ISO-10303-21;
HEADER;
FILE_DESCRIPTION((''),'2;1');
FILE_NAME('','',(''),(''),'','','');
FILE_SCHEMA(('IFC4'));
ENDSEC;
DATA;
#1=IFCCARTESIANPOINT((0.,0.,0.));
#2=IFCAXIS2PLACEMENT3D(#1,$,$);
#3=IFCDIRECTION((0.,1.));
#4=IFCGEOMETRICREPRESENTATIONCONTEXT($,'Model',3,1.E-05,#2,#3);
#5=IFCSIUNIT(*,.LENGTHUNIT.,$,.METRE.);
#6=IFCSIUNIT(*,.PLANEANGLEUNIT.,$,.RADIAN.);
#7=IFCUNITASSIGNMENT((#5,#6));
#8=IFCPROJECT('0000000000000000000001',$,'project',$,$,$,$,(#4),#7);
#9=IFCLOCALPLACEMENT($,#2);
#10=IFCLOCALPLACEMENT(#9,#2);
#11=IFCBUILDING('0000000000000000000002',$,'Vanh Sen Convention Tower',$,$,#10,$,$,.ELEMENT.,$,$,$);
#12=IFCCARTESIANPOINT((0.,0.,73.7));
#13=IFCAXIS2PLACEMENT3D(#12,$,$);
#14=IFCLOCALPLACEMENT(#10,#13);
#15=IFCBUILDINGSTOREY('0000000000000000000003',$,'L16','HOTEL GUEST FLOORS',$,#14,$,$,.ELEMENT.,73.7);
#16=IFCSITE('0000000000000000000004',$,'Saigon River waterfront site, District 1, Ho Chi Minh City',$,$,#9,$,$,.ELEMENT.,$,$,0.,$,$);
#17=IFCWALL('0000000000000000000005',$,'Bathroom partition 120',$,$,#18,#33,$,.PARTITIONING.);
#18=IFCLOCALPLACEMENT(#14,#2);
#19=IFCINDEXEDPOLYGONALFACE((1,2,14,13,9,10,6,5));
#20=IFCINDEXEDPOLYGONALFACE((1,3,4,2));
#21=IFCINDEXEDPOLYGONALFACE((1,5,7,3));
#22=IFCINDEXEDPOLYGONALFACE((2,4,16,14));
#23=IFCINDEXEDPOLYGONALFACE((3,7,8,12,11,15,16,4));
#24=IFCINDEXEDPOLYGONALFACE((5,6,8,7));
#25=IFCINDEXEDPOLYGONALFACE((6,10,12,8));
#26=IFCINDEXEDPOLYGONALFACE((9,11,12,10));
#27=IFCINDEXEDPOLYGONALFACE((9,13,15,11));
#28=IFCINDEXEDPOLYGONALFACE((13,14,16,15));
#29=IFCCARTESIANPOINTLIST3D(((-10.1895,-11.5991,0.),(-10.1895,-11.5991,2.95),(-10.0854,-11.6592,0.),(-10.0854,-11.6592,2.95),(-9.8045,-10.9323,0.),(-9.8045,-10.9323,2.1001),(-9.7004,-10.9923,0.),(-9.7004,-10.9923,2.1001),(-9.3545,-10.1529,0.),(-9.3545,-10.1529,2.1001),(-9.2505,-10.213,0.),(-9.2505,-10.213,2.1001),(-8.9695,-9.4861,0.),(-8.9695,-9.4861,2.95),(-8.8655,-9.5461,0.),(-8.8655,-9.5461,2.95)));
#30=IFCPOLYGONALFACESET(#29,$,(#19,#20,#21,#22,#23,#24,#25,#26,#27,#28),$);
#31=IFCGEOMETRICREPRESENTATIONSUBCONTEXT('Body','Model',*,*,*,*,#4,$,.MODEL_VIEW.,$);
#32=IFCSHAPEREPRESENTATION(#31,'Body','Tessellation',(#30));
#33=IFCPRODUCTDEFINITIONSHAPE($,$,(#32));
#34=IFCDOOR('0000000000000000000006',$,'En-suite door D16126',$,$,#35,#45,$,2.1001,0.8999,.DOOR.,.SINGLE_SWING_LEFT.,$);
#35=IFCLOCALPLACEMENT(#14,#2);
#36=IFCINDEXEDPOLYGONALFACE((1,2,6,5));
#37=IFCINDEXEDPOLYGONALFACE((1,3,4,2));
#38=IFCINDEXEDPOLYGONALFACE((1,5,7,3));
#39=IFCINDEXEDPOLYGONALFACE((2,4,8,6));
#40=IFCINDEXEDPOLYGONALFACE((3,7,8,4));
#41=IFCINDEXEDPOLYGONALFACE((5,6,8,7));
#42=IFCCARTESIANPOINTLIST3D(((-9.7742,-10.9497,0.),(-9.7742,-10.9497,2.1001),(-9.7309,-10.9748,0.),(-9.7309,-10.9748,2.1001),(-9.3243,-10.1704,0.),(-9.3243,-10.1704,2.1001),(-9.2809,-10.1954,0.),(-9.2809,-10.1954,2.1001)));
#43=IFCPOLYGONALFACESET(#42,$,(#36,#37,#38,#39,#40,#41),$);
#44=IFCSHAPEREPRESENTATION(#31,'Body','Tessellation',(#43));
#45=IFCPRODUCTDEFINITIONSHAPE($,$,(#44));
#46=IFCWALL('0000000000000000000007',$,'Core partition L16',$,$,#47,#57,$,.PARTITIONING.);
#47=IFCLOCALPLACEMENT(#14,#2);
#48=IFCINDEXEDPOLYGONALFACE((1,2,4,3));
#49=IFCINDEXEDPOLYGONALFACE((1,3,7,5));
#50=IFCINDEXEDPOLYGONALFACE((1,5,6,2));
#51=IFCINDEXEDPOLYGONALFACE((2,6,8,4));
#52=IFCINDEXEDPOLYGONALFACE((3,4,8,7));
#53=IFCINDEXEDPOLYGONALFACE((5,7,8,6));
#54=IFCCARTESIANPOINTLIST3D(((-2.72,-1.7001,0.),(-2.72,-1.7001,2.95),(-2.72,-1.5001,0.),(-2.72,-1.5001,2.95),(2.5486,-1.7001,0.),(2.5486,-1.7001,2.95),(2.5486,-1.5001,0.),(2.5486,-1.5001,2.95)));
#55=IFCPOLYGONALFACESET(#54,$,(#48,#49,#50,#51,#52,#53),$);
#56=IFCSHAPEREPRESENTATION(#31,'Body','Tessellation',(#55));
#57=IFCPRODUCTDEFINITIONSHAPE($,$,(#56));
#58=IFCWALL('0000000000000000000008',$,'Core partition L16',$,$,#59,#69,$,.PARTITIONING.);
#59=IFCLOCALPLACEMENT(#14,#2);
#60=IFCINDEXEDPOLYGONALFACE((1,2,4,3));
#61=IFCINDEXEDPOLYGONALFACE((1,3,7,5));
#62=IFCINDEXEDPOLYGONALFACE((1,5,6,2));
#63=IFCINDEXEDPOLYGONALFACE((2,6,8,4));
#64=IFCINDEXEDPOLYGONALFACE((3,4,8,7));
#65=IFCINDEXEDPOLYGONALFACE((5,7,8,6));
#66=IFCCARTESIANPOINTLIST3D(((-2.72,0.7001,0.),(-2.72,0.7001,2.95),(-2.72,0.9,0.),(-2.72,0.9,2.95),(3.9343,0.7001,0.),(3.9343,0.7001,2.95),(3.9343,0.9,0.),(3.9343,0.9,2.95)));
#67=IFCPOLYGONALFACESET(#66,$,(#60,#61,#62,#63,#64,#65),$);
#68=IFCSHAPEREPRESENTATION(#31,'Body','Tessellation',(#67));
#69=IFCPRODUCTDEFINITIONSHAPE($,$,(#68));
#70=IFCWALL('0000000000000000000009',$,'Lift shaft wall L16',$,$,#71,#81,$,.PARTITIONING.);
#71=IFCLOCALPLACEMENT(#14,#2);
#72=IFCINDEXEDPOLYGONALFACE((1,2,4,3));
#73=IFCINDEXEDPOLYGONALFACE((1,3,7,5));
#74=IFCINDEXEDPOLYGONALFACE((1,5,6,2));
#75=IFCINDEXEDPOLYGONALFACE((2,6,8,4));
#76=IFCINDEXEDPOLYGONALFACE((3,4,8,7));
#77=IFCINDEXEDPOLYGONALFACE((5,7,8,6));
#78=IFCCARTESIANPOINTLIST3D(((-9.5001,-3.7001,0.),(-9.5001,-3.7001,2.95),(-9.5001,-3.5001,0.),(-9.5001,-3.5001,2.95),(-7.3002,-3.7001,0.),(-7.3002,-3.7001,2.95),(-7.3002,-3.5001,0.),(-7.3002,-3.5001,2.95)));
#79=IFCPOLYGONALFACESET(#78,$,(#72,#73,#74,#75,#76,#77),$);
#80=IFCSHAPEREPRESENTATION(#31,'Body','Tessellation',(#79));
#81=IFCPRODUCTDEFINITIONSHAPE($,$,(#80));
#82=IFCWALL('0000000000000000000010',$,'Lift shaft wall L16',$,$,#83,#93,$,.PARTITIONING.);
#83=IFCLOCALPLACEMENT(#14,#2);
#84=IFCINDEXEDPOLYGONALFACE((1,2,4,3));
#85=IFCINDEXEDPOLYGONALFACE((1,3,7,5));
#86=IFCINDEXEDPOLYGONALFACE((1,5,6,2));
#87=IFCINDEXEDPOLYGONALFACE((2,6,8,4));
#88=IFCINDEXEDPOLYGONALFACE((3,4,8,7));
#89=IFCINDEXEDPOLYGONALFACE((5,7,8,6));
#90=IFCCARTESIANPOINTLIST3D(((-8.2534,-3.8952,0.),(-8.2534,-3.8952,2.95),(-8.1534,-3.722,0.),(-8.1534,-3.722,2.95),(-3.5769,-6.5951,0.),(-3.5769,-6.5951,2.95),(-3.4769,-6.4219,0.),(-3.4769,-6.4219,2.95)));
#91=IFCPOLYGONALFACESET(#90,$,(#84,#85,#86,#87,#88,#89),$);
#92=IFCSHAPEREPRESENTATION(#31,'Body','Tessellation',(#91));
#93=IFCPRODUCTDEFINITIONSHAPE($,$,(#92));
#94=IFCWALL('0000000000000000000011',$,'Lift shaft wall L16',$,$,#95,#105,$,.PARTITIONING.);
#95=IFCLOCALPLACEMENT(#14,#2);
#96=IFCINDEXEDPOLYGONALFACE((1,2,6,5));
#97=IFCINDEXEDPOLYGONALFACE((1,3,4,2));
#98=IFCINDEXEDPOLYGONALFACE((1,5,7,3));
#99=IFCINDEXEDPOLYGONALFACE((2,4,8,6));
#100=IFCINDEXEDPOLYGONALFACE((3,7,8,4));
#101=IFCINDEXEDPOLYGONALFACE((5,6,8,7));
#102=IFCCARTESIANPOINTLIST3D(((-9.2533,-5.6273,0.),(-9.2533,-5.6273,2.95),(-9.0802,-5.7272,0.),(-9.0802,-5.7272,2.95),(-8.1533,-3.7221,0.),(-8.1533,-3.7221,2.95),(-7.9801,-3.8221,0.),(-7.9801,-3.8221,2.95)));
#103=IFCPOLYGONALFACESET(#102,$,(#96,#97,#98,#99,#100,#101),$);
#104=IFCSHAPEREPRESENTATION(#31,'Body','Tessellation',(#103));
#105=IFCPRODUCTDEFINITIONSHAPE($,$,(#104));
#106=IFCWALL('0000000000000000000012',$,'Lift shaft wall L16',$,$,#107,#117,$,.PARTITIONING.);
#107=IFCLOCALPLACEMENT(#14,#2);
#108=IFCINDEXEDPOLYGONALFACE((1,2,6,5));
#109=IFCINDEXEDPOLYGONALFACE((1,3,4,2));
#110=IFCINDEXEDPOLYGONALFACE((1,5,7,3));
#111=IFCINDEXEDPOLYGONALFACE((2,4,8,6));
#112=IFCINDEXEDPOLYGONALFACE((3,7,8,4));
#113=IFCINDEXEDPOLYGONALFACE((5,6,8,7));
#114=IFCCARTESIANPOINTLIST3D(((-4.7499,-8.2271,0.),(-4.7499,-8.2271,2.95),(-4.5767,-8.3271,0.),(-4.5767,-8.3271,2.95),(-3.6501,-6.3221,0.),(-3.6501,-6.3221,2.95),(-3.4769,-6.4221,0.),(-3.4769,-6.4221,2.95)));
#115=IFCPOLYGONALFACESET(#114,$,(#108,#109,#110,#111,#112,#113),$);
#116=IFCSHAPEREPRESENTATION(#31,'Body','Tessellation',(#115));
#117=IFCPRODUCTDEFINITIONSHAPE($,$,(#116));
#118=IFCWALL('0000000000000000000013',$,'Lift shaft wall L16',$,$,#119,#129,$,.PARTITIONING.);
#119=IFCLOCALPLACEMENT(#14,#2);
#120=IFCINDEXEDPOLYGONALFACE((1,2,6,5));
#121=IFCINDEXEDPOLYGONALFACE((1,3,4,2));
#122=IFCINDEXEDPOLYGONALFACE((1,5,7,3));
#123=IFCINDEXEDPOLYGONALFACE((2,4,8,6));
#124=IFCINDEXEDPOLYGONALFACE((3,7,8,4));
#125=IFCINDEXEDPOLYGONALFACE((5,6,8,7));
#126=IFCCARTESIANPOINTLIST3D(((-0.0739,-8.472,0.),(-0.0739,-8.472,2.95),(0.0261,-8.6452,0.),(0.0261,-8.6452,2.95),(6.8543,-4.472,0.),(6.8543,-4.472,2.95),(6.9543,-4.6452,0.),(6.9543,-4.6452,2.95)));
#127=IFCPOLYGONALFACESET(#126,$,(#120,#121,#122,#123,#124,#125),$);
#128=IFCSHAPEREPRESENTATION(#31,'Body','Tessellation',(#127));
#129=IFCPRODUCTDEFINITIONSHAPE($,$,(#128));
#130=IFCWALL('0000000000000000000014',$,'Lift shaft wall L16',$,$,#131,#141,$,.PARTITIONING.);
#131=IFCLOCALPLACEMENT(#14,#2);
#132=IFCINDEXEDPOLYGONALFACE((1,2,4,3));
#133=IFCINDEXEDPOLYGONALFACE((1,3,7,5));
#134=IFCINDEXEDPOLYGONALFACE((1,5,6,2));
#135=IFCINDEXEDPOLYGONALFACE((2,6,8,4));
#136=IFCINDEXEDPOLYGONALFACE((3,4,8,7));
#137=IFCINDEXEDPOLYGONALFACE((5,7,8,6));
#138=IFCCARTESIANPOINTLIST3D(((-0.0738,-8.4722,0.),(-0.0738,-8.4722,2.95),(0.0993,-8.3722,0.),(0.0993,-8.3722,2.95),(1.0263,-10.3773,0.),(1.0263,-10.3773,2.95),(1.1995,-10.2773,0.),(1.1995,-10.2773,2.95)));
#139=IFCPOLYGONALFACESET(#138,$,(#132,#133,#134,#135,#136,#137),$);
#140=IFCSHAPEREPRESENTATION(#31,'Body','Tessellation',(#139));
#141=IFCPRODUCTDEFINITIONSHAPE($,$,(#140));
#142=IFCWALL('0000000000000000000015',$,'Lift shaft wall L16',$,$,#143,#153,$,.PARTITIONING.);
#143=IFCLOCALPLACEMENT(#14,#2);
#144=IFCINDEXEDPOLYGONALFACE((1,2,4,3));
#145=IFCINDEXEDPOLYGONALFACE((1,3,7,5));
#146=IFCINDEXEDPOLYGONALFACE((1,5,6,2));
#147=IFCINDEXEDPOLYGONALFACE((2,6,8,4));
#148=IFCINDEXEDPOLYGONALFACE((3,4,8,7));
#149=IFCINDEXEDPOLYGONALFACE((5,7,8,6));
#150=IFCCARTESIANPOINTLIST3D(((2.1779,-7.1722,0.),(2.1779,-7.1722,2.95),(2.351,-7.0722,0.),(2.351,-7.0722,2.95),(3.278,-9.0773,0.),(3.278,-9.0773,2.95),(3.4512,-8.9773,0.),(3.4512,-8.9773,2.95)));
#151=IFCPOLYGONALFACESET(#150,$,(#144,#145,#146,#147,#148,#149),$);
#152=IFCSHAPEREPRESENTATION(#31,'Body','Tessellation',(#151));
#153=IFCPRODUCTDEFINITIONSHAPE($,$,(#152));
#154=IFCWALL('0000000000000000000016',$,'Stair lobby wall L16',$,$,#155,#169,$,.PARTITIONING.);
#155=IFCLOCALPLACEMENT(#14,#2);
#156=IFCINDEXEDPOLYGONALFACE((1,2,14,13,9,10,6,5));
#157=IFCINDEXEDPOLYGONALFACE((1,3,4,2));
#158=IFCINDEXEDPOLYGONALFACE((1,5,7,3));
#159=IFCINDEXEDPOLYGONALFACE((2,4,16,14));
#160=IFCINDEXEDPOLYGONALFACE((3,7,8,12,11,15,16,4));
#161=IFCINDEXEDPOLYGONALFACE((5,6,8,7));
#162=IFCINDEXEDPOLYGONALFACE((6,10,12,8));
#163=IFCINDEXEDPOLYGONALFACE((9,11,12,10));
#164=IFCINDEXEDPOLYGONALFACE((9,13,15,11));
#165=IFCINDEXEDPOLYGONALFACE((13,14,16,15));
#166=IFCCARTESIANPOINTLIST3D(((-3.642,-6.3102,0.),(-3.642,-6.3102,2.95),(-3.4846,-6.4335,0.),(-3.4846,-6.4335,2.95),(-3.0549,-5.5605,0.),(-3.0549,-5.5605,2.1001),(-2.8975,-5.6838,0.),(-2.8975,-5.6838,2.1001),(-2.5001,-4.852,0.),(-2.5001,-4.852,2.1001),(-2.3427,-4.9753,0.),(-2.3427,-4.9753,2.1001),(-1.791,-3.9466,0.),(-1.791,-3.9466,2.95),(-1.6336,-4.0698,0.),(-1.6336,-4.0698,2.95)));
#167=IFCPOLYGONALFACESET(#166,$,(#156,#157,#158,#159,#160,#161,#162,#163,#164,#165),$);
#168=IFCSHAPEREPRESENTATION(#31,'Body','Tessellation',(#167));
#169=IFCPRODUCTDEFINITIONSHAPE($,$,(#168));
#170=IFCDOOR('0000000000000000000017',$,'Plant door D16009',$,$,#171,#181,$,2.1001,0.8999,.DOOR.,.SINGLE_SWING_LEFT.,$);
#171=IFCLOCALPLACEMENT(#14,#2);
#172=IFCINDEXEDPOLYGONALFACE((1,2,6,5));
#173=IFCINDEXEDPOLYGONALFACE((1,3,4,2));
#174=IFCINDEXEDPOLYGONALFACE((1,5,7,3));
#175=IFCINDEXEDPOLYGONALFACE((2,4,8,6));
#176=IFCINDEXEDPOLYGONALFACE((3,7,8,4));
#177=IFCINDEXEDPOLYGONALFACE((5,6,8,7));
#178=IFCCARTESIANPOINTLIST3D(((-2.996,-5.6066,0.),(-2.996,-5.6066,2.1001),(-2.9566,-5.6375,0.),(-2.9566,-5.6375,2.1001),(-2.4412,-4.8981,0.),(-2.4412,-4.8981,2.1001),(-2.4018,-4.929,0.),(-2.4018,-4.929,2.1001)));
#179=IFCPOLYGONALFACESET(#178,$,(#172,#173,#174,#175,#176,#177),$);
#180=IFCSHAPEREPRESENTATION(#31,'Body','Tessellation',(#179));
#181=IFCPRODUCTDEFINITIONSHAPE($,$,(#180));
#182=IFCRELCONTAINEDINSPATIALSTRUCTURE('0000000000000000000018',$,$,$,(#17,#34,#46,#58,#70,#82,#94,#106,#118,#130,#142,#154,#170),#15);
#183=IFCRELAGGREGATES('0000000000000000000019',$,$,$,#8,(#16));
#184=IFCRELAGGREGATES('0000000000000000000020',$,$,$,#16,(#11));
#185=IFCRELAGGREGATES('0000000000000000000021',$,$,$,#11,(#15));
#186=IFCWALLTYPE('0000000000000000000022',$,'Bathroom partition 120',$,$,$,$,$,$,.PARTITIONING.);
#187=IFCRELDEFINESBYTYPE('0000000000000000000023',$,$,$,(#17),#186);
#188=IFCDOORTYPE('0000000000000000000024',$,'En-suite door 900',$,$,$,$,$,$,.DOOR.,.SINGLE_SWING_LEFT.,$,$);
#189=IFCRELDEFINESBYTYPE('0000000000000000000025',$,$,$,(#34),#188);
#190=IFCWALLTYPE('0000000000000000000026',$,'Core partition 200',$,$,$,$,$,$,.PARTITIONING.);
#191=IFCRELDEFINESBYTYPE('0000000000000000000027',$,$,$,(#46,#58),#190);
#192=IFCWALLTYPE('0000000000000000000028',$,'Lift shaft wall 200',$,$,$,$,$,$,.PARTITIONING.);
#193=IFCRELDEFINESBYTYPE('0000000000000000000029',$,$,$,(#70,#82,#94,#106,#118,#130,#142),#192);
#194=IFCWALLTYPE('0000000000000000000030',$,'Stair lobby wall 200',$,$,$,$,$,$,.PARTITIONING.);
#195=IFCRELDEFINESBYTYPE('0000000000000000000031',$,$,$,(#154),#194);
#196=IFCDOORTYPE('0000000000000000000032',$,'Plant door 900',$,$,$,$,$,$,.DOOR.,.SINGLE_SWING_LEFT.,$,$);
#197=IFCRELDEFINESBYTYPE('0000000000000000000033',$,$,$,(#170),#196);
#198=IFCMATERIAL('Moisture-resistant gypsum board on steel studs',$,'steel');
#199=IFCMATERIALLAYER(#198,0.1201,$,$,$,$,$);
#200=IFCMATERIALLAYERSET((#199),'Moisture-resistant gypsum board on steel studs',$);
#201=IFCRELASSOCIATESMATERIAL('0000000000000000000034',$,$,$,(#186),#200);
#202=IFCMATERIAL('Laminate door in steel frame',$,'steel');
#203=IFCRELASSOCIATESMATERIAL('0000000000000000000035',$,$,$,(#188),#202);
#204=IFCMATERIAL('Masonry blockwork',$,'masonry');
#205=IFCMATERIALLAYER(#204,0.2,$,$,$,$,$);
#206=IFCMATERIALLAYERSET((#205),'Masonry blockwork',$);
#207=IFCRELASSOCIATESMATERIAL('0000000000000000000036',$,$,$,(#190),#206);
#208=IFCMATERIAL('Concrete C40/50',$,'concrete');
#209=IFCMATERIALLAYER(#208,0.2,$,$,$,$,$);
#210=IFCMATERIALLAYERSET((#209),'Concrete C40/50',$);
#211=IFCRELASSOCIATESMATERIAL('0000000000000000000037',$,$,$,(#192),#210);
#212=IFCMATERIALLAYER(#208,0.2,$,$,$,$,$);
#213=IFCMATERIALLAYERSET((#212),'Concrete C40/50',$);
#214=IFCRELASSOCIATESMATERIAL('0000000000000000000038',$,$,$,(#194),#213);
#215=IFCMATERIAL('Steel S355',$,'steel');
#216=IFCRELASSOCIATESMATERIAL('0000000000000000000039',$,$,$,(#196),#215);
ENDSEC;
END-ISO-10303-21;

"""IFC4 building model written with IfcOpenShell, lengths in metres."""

from ifc_helpers import new_model, si_unit, direction, frame, frame_2d, origin, place, context, subcontext, project, spatial, rectangle, extrude, material, layer, layer_set, type_object, element, fill, save


model = new_model("IFC4")

# Units and contexts
model_context = context("Model", 3, precision=1e-05, world=origin(), true_north=direction((0.0, 1.0)))
body_context = subcontext(model_context, "Body", "Model", "MODEL_VIEW")
ifc_project = project(units=[si_unit("LENGTHUNIT", "METRE"), si_unit("PLANEANGLEUNIT", "RADIAN")], contexts=[model_context])

# Site, building, storey
site_placement = place(None, origin())
site = spatial("IfcSite", under=ifc_project, at=site_placement, Name="Saigon River waterfront site, District 1, Ho Chi Minh City", CompositionType="ELEMENT", RefElevation=0.0)
building_placement = place(site_placement, origin())
building = spatial("IfcBuilding", under=site, at=building_placement, Name="Vanh Sen Convention Tower", CompositionType="ELEMENT")
storey_placement = place(building_placement, frame((0.0, 0.0, 73.7)))
storey = spatial("IfcBuildingStorey", under=building, at=storey_placement, Name="L16", Description="HOTEL GUEST FLOORS", CompositionType="ELEMENT", Elevation=73.7)

# Shared definitions
ifc_material_1 = material(Name="Concrete C40/50", Category="concrete")

# Shared definitions
ifc_material_2 = material(Name="Moisture-resistant gypsum board on steel studs", Category="steel")
ifc_layer_1 = layer(ifc_material_2, 0.1201)
ifc_layer_set_1 = layer_set([ifc_layer_1], Name="Moisture-resistant gypsum board on steel studs")
wall_type_1 = type_object("IfcWallType", Name="Bathroom partition 120", PredefinedType="PARTITIONING", material=ifc_layer_set_1)

# Wall, opening, door
wall_1_placement = place(storey_placement, frame((-8.9175, -9.5161, 0.0), z_axis=(0.0, 0.0, 1.0), x_axis=(-0.500003, -0.866024, 0.0)))
wall_1 = element("IfcWall", 1, at=wall_1_placement, inside=storey, type_object=wall_type_1, Name="Bathroom partition 120", PredefinedType="PARTITIONING", context=body_context, shape_type="SweptSolid", body=[
    extrude(rectangle(XDim=2.4399, YDim=0.1201, at=frame_2d((1.22, 0.0))), origin(), (0.0, 0.0, 1.0), 2.95),
])
opening_1_placement = place(wall_1_placement, frame((0.77, 0.0, 0.0)))
opening_1 = element("IfcOpeningElement", 2, at=opening_1_placement, cuts=wall_1, PredefinedType="OPENING", context=body_context, shape_type="SweptSolid", body=[
    extrude(rectangle(XDim=0.8999, YDim=2.1001, at=frame_2d((0.45, 1.05))), frame((0.0, 0.0701, 0.0), z_axis=(0.0, -1.0, 0.0), x_axis=(1.0, 0.0, 0.0)), (0.0, 0.0, 1.0), 0.1401),
])
ifc_material_3 = material(Name="Laminate door in steel frame", Category="steel")
door_type_1 = type_object("IfcDoorType", Name="En-suite door 900", OperationType="SINGLE_SWING_LEFT", PredefinedType="DOOR", material=ifc_material_3)
door_1_placement = place(opening_1_placement, origin())
door_1 = element("IfcDoor", 3, at=door_1_placement, inside=storey, type_object=door_type_1, Name="En-suite door D16126", OperationType="SINGLE_SWING_LEFT", OverallHeight=2.1001, OverallWidth=0.8999, PredefinedType="DOOR", context=body_context, shape_type="SweptSolid", body=[
    extrude(rectangle(XDim=0.8999, YDim=2.1001, at=frame_2d((0.45, 1.05))), frame((0.0, 0.0249, 0.0), z_axis=(0.0, -1.0, 0.0), x_axis=(1.0, 0.0, 0.0)), (0.0, 0.0, 1.0), 0.05),
])
fill(opening_1, door_1)

# Walls
ifc_material_4 = material(Name="Masonry blockwork", Category="masonry")
ifc_layer_2 = layer(ifc_material_4, 0.2)
ifc_layer_set_2 = layer_set([ifc_layer_2], Name="Masonry blockwork")
wall_type_2 = type_object("IfcWallType", Name="Core partition 200", PredefinedType="PARTITIONING", material=ifc_layer_set_2)
wall_2_placement = place(storey_placement, frame((-2.72, -1.6001, 0.0), z_axis=(0.0, 0.0, 1.0), x_axis=(1.0, 0.0, 0.0)))
element("IfcWall", 4, at=wall_2_placement, inside=storey, type_object=wall_type_2, Name="Core partition L16", PredefinedType="PARTITIONING", context=body_context, shape_type="SweptSolid", body=[
    extrude(rectangle(XDim=5.2686, YDim=0.2, at=frame_2d((2.6343, 0.0))), origin(), (0.0, 0.0, 1.0), 2.95),
])
wall_3_placement = place(storey_placement, frame((-2.72, 0.8, 0.0), z_axis=(0.0, 0.0, 1.0), x_axis=(1.0, 0.0, 0.0)))
element("IfcWall", 5, at=wall_3_placement, inside=storey, type_object=wall_type_2, Name="Core partition L16", PredefinedType="PARTITIONING", context=body_context, shape_type="SweptSolid", body=[
    extrude(rectangle(XDim=6.6543, YDim=0.2, at=frame_2d((3.3271, 0.0))), origin(), (0.0, 0.0, 1.0), 2.95),
])
ifc_layer_3 = layer(ifc_material_1, 0.2)
ifc_layer_set_3 = layer_set([ifc_layer_3], Name="Concrete C40/50")
wall_type_3 = type_object("IfcWallType", Name="Lift shaft wall 200", PredefinedType="PARTITIONING", material=ifc_layer_set_3)
wall_4_placement = place(storey_placement, frame((-7.3, -3.6001, 0.0), z_axis=(0.0, 0.0, 1.0), x_axis=(-1.0, 0.0, 0.0)))
element("IfcWall", 6, at=wall_4_placement, inside=storey, type_object=wall_type_3, Name="Lift shaft wall L16", PredefinedType="PARTITIONING", context=body_context, shape_type="SweptSolid", body=[
    extrude(rectangle(XDim=2.2, YDim=0.2, at=frame_2d((1.1001, 0.0))), origin(), (0.0, 0.0, 1.0), 2.95),
])
wall_5_placement = place(storey_placement, frame((-8.2034, -3.8086, 0.0), z_axis=(0.0, 0.0, 1.0), x_axis=(0.866028, -0.499995, 0.0)))
element("IfcWall", 7, at=wall_5_placement, inside=storey, type_object=wall_type_3, Name="Lift shaft wall L16", PredefinedType="PARTITIONING", context=body_context, shape_type="SweptSolid", body=[
    extrude(rectangle(XDim=5.3999, YDim=0.2, at=frame_2d((2.7, 0.0))), origin(), (0.0, 0.0, 1.0), 2.95),
])
wall_6_placement = place(storey_placement, frame((-8.0667, -3.772, 0.0), z_axis=(0.0, 0.0, 1.0), x_axis=(-0.50003, -0.866008, 0.0)))
element("IfcWall", 8, at=wall_6_placement, inside=storey, type_object=wall_type_3, Name="Lift shaft wall L16", PredefinedType="PARTITIONING", context=body_context, shape_type="SweptSolid", body=[
    extrude(rectangle(XDim=2.2, YDim=0.2, at=frame_2d((1.1001, 0.0))), origin(), (0.0, 0.0, 1.0), 2.95),
])
wall_7_placement = place(storey_placement, frame((-3.5635, -6.3721, 0.0), z_axis=(0.0, 0.0, 1.0), x_axis=(-0.499995, -0.866028, 0.0)))
element("IfcWall", 9, at=wall_7_placement, inside=storey, type_object=wall_type_3, Name="Lift shaft wall L16", PredefinedType="PARTITIONING", context=body_context, shape_type="SweptSolid", body=[
    extrude(rectangle(XDim=2.1997, YDim=0.2, at=frame_2d((1.0999, 0.0))), origin(), (0.0, 0.0, 1.0), 2.95),
])
wall_8_placement = place(storey_placement, frame((-0.0239, -8.5586, 0.0), z_axis=(0.0, 0.0, 1.0), x_axis=(0.866026, 0.499999, 0.0)))
element("IfcWall", 10, at=wall_8_placement, inside=storey, type_object=wall_type_3, Name="Lift shaft wall L16", PredefinedType="PARTITIONING", context=body_context, shape_type="SweptSolid", body=[
    extrude(rectangle(XDim=8.0, YDim=0.2, at=frame_2d((4.0, 0.0))), origin(), (0.0, 0.0, 1.0), 2.95),
])
for number, where, z_axis, x_axis, name in (
    (11, (0.0127, -8.4221, 0.0), (0.0, 0.0, 1.0), (0.500078, -0.86598, 0.0), "Lift shaft wall L16"),
    (12, (2.2644, -7.1221, 0.0), (0.0, 0.0, 1.0), (0.500078, -0.86598, 0.0), "Lift shaft wall L16"),
):
    element("IfcWall", number, at=place(storey_placement, frame(where, z_axis=z_axis, x_axis=x_axis)), inside=storey, type_object=wall_type_3, Name=name, PredefinedType="PARTITIONING", context=body_context, shape_type="SweptSolid", body=[
        extrude(rectangle(XDim=2.2, YDim=0.2, at=frame_2d((1.1001, 0.0))), origin(), (0.0, 0.0, 1.0), 2.95),
    ])

# Wall, opening, door
ifc_layer_4 = layer(ifc_material_1, 0.2)
ifc_layer_set_4 = layer_set([ifc_layer_4], Name="Concrete C40/50")
wall_type_4 = type_object("IfcWallType", Name="Stair lobby wall 200", PredefinedType="PARTITIONING", material=ifc_layer_set_4)
wall_9_placement = place(storey_placement, frame((-1.7124, -4.0083, 0.0), z_axis=(0.0, 0.0, 1.0), x_axis=(-0.616549, -0.787316, 0.0)))
wall_9 = element("IfcWall", 13, at=wall_9_placement, inside=storey, type_object=wall_type_4, Name="Stair lobby wall L16", PredefinedType="PARTITIONING", context=body_context, shape_type="SweptSolid", body=[
    extrude(rectangle(XDim=3.0022, YDim=0.2, at=frame_2d((1.501, 0.0))), origin(), (0.0, 0.0, 1.0), 2.95),
])
opening_2_placement = place(wall_9_placement, frame((1.1499, 0.0, 0.0)))
opening_2 = element("IfcOpeningElement", 14, at=opening_2_placement, cuts=wall_9, PredefinedType="OPENING", context=body_context, shape_type="SweptSolid", body=[
    extrude(rectangle(XDim=0.8999, YDim=2.1001, at=frame_2d((0.45, 1.05))), frame((0.0, 0.1099, 0.0), z_axis=(0.0, -1.0, 0.0), x_axis=(1.0, 0.0, 0.0)), (0.0, 0.0, 1.0), 0.22),
])
ifc_material_5 = material(Name="Steel S355", Category="steel")
door_type_2 = type_object("IfcDoorType", Name="Plant door 900", OperationType="SINGLE_SWING_LEFT", PredefinedType="DOOR", material=ifc_material_5)
door_2_placement = place(opening_2_placement, origin())
door_2 = element("IfcDoor", 15, at=door_2_placement, inside=storey, type_object=door_type_2, Name="Plant door D16009", OperationType="SINGLE_SWING_LEFT", OverallHeight=2.1001, OverallWidth=0.8999, PredefinedType="DOOR", context=body_context, shape_type="SweptSolid", body=[
    extrude(rectangle(XDim=0.8999, YDim=2.1001, at=frame_2d((0.45, 1.05))), frame((0.0, 0.0249, 0.0), z_axis=(0.0, -1.0, 0.0), x_axis=(1.0, 0.0, 0.0)), (0.0, 0.0, 1.0), 0.05),
])
fill(opening_2, door_2)

save(model, "model.ifc")
